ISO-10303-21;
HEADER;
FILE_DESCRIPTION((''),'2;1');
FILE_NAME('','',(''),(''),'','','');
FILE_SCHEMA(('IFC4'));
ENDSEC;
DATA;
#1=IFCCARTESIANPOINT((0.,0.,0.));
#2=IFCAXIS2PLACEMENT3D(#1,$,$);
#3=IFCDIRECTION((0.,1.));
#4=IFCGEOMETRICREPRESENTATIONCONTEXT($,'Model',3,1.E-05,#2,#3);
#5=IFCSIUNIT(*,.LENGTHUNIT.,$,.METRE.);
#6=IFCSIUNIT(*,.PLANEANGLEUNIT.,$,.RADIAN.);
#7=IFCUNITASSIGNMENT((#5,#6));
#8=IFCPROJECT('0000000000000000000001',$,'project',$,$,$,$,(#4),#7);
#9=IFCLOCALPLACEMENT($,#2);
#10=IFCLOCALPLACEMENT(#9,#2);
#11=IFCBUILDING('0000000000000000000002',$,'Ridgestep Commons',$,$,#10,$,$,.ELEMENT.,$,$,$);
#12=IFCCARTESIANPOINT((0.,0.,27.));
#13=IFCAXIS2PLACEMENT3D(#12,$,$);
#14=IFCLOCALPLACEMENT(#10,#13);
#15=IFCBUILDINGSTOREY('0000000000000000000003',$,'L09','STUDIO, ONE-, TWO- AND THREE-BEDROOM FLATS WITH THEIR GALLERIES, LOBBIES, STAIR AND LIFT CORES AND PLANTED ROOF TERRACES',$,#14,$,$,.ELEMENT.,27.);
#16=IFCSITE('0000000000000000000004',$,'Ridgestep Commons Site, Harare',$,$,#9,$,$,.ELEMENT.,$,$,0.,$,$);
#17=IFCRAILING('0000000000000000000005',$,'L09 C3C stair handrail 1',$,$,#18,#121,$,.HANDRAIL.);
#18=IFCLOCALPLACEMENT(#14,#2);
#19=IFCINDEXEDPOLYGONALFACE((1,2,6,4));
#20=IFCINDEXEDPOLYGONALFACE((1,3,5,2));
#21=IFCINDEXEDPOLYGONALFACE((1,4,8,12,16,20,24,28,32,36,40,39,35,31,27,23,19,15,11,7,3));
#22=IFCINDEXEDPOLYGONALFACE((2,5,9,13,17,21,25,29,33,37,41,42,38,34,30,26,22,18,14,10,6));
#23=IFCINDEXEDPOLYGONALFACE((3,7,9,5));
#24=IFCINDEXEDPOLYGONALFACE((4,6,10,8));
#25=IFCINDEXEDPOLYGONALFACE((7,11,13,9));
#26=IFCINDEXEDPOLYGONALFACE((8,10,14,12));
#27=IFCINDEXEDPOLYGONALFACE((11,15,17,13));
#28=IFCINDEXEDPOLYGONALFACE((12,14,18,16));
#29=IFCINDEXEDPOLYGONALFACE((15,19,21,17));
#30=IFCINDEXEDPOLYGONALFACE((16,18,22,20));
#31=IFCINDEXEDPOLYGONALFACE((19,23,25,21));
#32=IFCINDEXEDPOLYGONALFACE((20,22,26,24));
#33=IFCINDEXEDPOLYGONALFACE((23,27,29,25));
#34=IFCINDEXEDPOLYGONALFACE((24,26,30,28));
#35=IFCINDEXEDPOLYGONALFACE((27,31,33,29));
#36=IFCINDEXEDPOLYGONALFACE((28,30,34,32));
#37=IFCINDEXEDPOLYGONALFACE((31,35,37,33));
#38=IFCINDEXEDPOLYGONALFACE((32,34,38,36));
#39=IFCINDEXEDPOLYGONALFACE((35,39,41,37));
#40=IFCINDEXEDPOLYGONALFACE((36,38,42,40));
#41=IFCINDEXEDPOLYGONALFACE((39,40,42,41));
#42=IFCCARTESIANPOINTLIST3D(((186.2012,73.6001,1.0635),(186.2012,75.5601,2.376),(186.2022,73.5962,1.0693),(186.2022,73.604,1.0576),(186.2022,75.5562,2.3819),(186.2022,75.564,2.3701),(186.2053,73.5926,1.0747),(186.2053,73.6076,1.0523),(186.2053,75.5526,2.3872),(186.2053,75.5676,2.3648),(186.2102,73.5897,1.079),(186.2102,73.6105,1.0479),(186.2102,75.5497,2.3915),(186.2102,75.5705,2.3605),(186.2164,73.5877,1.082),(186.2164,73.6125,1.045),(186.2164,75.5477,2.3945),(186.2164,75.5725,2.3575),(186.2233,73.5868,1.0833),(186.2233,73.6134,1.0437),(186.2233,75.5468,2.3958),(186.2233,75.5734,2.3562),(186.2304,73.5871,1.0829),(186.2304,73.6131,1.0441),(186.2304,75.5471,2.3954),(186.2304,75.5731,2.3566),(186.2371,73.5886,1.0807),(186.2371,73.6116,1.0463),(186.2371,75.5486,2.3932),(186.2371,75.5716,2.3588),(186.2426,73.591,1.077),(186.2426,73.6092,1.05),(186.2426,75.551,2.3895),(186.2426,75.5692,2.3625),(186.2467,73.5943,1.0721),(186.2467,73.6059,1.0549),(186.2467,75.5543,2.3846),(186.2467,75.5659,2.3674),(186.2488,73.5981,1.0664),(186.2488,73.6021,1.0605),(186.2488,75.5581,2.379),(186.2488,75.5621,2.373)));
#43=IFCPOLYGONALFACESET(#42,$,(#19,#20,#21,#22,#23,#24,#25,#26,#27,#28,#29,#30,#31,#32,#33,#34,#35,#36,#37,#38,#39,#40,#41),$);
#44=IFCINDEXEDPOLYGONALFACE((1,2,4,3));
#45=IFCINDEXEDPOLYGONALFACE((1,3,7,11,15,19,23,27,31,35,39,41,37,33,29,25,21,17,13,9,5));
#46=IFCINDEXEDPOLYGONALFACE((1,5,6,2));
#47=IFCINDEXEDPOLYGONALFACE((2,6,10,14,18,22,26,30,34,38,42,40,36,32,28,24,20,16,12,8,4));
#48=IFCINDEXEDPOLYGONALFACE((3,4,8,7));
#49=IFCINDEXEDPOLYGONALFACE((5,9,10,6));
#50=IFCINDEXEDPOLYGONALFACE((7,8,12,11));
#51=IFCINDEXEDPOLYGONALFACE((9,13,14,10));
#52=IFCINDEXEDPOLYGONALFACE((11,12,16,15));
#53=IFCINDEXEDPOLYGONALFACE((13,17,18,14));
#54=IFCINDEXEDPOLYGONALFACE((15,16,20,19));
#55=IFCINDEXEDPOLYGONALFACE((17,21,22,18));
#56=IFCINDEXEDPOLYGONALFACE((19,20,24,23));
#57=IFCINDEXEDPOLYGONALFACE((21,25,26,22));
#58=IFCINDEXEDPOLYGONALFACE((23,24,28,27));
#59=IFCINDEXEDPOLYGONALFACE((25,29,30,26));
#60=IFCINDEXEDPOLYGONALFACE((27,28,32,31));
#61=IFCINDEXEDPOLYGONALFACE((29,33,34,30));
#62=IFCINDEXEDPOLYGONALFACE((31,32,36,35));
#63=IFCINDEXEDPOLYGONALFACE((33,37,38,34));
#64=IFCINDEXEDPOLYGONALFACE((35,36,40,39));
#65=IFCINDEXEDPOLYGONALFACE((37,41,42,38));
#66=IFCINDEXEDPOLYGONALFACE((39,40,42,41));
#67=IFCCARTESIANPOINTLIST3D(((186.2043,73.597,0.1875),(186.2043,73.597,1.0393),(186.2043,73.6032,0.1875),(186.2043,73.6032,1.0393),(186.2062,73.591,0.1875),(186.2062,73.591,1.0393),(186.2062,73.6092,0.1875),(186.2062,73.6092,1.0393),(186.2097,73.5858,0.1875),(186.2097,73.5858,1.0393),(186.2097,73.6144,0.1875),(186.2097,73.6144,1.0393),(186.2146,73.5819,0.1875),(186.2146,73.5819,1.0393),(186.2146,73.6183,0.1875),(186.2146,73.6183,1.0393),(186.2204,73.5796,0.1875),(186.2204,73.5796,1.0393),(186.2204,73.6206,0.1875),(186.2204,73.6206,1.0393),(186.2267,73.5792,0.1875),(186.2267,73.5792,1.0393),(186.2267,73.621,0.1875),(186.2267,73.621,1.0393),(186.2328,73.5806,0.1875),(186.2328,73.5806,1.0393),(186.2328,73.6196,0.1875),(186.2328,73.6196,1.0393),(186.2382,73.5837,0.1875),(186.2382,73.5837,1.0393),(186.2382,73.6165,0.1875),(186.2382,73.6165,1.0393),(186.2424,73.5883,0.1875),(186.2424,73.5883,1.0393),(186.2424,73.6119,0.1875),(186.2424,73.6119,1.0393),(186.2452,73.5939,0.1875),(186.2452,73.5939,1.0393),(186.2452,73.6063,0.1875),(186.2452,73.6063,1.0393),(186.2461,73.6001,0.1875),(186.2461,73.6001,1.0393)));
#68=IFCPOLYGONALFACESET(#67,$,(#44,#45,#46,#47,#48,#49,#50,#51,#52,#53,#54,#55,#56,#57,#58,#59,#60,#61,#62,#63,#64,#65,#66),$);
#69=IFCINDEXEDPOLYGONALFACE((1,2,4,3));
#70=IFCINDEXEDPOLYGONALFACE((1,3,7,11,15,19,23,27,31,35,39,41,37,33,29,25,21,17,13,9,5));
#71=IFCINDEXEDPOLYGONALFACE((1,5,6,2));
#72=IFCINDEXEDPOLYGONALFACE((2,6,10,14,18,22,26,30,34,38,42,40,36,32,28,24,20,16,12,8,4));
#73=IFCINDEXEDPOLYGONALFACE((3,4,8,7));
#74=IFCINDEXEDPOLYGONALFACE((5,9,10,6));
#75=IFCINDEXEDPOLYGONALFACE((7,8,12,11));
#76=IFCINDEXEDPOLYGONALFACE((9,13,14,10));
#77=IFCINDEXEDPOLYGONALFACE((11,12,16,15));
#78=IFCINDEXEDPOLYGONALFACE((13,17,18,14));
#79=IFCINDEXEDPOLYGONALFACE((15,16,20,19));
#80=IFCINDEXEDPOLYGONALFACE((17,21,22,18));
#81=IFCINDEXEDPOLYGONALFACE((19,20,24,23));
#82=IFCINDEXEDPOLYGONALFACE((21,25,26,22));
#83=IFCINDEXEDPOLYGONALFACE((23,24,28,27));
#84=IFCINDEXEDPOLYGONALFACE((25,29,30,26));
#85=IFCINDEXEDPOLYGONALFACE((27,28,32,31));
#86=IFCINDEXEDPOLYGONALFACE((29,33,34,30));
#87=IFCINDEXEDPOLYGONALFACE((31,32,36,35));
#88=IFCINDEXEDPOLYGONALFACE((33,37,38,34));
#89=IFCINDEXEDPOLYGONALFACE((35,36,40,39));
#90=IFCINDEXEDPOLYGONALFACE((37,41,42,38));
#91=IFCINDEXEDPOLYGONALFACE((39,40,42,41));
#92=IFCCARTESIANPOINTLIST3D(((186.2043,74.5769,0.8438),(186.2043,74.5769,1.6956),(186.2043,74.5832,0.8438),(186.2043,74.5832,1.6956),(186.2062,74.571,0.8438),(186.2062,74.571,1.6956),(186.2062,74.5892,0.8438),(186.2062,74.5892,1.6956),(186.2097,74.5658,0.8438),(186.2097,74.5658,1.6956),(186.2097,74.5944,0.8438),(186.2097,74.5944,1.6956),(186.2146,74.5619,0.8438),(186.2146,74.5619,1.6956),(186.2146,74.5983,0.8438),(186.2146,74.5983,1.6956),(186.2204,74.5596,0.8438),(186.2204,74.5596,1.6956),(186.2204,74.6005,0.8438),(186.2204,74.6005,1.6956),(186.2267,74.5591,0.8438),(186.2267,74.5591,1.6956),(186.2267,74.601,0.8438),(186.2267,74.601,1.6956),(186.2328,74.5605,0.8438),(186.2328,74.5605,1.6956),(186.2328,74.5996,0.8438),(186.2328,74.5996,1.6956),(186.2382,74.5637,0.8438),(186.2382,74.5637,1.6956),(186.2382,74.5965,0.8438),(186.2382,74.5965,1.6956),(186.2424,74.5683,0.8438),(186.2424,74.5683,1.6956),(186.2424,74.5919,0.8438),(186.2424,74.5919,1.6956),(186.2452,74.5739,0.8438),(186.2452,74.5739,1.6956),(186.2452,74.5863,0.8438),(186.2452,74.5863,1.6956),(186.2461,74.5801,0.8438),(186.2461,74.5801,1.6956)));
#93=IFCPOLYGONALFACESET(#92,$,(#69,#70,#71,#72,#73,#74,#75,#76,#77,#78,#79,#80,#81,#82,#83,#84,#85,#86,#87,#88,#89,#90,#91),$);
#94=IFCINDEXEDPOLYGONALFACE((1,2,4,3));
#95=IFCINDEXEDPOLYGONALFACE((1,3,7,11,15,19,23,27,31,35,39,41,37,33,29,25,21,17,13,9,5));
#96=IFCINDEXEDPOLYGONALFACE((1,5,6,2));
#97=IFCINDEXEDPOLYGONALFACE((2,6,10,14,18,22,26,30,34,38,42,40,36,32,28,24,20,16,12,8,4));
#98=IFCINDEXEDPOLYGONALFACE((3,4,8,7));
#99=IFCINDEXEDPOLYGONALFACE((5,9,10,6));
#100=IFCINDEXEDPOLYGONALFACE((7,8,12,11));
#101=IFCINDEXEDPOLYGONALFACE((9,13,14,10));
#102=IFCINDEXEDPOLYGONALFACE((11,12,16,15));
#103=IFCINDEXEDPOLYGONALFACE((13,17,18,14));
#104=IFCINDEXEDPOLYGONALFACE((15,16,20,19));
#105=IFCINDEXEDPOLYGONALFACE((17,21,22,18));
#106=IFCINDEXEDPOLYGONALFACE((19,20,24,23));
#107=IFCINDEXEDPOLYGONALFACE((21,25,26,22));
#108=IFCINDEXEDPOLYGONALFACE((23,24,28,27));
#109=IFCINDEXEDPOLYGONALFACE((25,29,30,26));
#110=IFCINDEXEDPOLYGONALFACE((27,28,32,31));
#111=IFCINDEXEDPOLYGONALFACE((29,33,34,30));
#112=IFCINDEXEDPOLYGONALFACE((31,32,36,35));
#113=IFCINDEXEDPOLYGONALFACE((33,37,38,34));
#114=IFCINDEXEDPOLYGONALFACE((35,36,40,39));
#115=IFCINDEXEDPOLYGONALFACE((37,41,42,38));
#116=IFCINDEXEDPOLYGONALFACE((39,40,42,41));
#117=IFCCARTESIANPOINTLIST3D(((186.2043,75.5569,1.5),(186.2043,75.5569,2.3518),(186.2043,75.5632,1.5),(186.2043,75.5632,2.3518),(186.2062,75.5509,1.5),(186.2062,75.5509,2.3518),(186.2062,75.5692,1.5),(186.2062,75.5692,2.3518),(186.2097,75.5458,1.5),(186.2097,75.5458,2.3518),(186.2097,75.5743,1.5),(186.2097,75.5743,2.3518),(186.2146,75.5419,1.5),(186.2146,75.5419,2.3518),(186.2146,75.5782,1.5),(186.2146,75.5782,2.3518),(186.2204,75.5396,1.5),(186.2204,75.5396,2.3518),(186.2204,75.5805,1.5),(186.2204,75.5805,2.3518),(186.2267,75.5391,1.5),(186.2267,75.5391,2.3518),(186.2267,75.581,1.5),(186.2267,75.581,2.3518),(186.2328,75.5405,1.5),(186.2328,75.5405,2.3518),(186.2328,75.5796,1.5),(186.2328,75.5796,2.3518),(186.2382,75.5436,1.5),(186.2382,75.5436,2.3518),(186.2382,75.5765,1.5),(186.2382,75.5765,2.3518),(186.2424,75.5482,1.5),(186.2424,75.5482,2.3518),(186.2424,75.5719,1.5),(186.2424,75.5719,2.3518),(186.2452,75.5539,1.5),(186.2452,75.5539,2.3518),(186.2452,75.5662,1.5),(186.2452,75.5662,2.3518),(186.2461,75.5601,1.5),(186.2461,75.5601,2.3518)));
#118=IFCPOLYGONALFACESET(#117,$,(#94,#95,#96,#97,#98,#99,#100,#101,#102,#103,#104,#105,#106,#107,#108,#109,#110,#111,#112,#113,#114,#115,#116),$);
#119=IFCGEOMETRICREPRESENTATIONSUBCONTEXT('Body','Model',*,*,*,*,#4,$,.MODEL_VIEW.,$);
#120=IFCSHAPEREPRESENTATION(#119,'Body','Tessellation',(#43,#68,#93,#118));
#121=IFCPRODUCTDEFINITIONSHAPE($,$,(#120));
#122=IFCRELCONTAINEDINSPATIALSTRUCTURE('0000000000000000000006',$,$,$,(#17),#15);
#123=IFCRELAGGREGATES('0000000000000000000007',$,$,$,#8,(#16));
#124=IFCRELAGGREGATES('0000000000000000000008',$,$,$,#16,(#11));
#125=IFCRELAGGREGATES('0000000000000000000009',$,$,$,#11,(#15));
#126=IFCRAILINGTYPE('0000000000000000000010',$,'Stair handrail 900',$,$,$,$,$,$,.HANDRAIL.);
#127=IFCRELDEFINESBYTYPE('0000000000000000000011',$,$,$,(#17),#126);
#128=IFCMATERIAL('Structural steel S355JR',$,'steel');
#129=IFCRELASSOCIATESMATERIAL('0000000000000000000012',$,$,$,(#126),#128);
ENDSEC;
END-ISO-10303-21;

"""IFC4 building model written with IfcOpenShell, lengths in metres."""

from ifc_helpers import new_model, si_unit, direction, frame, origin, origin_2d, place, context, subcontext, project, spatial, circle, extrude, material, type_object, element, save


model = new_model("IFC4")

# Units and contexts
model_context = context("Model", 3, precision=1e-05, world=origin(), true_north=direction((0.0, 1.0)))
body_context = subcontext(model_context, "Body", "Model", "MODEL_VIEW")
ifc_project = project(units=[si_unit("LENGTHUNIT", "METRE"), si_unit("PLANEANGLEUNIT", "RADIAN")], contexts=[model_context])

# Site, building, storey
site_placement = place(None, origin())
site = spatial("IfcSite", under=ifc_project, at=site_placement, Name="Ridgestep Commons Site, Harare", CompositionType="ELEMENT", RefElevation=0.0)
building_placement = place(site_placement, origin())
building = spatial("IfcBuilding", under=site, at=building_placement, Name="Ridgestep Commons", CompositionType="ELEMENT")
storey_placement = place(building_placement, frame((0.0, 0.0, 27.0)))
storey = spatial("IfcBuildingStorey", under=building, at=storey_placement, Name="L09", Description="STUDIO, ONE-, TWO- AND THREE-BEDROOM FLATS WITH THEIR GALLERIES, LOBBIES, STAIR AND LIFT CORES AND PLANTED ROOF TERRACES", CompositionType="ELEMENT", Elevation=27.0)

# Railing
ifc_material_1 = material(Name="Structural steel S355JR", Category="steel")
railing_type_1 = type_object("IfcRailingType", Name="Stair handrail 900", PredefinedType="HANDRAIL", material=ifc_material_1)
railing_1_placement = place(storey_placement, frame((186.2251, 73.6001, 0.1875)))
element("IfcRailing", 1, at=railing_1_placement, inside=storey, type_object=railing_type_1, Name="L09 C3C stair handrail 1", PredefinedType="HANDRAIL", context=body_context, shape_type="SweptSolid", body=[
    extrude(circle(Radius=0.0239, at=origin_2d()), frame((0.0, 0.0, 0.876), z_axis=(0.0, 0.830902, 0.556419), x_axis=(-1.0, 0.0, 0.0)), (0.0, 0.0, 1.0), 2.3589),
    extrude(circle(Radius=0.021, at=origin_2d()), origin(), (0.0, 0.0, 1.0), 0.8518),
    extrude(circle(Radius=0.021, at=origin_2d()), frame((0.0, 0.98, 0.6562)), (0.0, 0.0, 1.0), 0.8518),
    extrude(circle(Radius=0.021, at=origin_2d()), frame((0.0, 1.96, 1.3125)), (0.0, 0.0, 1.0), 0.8518),
])

save(model, "model.ifc")
